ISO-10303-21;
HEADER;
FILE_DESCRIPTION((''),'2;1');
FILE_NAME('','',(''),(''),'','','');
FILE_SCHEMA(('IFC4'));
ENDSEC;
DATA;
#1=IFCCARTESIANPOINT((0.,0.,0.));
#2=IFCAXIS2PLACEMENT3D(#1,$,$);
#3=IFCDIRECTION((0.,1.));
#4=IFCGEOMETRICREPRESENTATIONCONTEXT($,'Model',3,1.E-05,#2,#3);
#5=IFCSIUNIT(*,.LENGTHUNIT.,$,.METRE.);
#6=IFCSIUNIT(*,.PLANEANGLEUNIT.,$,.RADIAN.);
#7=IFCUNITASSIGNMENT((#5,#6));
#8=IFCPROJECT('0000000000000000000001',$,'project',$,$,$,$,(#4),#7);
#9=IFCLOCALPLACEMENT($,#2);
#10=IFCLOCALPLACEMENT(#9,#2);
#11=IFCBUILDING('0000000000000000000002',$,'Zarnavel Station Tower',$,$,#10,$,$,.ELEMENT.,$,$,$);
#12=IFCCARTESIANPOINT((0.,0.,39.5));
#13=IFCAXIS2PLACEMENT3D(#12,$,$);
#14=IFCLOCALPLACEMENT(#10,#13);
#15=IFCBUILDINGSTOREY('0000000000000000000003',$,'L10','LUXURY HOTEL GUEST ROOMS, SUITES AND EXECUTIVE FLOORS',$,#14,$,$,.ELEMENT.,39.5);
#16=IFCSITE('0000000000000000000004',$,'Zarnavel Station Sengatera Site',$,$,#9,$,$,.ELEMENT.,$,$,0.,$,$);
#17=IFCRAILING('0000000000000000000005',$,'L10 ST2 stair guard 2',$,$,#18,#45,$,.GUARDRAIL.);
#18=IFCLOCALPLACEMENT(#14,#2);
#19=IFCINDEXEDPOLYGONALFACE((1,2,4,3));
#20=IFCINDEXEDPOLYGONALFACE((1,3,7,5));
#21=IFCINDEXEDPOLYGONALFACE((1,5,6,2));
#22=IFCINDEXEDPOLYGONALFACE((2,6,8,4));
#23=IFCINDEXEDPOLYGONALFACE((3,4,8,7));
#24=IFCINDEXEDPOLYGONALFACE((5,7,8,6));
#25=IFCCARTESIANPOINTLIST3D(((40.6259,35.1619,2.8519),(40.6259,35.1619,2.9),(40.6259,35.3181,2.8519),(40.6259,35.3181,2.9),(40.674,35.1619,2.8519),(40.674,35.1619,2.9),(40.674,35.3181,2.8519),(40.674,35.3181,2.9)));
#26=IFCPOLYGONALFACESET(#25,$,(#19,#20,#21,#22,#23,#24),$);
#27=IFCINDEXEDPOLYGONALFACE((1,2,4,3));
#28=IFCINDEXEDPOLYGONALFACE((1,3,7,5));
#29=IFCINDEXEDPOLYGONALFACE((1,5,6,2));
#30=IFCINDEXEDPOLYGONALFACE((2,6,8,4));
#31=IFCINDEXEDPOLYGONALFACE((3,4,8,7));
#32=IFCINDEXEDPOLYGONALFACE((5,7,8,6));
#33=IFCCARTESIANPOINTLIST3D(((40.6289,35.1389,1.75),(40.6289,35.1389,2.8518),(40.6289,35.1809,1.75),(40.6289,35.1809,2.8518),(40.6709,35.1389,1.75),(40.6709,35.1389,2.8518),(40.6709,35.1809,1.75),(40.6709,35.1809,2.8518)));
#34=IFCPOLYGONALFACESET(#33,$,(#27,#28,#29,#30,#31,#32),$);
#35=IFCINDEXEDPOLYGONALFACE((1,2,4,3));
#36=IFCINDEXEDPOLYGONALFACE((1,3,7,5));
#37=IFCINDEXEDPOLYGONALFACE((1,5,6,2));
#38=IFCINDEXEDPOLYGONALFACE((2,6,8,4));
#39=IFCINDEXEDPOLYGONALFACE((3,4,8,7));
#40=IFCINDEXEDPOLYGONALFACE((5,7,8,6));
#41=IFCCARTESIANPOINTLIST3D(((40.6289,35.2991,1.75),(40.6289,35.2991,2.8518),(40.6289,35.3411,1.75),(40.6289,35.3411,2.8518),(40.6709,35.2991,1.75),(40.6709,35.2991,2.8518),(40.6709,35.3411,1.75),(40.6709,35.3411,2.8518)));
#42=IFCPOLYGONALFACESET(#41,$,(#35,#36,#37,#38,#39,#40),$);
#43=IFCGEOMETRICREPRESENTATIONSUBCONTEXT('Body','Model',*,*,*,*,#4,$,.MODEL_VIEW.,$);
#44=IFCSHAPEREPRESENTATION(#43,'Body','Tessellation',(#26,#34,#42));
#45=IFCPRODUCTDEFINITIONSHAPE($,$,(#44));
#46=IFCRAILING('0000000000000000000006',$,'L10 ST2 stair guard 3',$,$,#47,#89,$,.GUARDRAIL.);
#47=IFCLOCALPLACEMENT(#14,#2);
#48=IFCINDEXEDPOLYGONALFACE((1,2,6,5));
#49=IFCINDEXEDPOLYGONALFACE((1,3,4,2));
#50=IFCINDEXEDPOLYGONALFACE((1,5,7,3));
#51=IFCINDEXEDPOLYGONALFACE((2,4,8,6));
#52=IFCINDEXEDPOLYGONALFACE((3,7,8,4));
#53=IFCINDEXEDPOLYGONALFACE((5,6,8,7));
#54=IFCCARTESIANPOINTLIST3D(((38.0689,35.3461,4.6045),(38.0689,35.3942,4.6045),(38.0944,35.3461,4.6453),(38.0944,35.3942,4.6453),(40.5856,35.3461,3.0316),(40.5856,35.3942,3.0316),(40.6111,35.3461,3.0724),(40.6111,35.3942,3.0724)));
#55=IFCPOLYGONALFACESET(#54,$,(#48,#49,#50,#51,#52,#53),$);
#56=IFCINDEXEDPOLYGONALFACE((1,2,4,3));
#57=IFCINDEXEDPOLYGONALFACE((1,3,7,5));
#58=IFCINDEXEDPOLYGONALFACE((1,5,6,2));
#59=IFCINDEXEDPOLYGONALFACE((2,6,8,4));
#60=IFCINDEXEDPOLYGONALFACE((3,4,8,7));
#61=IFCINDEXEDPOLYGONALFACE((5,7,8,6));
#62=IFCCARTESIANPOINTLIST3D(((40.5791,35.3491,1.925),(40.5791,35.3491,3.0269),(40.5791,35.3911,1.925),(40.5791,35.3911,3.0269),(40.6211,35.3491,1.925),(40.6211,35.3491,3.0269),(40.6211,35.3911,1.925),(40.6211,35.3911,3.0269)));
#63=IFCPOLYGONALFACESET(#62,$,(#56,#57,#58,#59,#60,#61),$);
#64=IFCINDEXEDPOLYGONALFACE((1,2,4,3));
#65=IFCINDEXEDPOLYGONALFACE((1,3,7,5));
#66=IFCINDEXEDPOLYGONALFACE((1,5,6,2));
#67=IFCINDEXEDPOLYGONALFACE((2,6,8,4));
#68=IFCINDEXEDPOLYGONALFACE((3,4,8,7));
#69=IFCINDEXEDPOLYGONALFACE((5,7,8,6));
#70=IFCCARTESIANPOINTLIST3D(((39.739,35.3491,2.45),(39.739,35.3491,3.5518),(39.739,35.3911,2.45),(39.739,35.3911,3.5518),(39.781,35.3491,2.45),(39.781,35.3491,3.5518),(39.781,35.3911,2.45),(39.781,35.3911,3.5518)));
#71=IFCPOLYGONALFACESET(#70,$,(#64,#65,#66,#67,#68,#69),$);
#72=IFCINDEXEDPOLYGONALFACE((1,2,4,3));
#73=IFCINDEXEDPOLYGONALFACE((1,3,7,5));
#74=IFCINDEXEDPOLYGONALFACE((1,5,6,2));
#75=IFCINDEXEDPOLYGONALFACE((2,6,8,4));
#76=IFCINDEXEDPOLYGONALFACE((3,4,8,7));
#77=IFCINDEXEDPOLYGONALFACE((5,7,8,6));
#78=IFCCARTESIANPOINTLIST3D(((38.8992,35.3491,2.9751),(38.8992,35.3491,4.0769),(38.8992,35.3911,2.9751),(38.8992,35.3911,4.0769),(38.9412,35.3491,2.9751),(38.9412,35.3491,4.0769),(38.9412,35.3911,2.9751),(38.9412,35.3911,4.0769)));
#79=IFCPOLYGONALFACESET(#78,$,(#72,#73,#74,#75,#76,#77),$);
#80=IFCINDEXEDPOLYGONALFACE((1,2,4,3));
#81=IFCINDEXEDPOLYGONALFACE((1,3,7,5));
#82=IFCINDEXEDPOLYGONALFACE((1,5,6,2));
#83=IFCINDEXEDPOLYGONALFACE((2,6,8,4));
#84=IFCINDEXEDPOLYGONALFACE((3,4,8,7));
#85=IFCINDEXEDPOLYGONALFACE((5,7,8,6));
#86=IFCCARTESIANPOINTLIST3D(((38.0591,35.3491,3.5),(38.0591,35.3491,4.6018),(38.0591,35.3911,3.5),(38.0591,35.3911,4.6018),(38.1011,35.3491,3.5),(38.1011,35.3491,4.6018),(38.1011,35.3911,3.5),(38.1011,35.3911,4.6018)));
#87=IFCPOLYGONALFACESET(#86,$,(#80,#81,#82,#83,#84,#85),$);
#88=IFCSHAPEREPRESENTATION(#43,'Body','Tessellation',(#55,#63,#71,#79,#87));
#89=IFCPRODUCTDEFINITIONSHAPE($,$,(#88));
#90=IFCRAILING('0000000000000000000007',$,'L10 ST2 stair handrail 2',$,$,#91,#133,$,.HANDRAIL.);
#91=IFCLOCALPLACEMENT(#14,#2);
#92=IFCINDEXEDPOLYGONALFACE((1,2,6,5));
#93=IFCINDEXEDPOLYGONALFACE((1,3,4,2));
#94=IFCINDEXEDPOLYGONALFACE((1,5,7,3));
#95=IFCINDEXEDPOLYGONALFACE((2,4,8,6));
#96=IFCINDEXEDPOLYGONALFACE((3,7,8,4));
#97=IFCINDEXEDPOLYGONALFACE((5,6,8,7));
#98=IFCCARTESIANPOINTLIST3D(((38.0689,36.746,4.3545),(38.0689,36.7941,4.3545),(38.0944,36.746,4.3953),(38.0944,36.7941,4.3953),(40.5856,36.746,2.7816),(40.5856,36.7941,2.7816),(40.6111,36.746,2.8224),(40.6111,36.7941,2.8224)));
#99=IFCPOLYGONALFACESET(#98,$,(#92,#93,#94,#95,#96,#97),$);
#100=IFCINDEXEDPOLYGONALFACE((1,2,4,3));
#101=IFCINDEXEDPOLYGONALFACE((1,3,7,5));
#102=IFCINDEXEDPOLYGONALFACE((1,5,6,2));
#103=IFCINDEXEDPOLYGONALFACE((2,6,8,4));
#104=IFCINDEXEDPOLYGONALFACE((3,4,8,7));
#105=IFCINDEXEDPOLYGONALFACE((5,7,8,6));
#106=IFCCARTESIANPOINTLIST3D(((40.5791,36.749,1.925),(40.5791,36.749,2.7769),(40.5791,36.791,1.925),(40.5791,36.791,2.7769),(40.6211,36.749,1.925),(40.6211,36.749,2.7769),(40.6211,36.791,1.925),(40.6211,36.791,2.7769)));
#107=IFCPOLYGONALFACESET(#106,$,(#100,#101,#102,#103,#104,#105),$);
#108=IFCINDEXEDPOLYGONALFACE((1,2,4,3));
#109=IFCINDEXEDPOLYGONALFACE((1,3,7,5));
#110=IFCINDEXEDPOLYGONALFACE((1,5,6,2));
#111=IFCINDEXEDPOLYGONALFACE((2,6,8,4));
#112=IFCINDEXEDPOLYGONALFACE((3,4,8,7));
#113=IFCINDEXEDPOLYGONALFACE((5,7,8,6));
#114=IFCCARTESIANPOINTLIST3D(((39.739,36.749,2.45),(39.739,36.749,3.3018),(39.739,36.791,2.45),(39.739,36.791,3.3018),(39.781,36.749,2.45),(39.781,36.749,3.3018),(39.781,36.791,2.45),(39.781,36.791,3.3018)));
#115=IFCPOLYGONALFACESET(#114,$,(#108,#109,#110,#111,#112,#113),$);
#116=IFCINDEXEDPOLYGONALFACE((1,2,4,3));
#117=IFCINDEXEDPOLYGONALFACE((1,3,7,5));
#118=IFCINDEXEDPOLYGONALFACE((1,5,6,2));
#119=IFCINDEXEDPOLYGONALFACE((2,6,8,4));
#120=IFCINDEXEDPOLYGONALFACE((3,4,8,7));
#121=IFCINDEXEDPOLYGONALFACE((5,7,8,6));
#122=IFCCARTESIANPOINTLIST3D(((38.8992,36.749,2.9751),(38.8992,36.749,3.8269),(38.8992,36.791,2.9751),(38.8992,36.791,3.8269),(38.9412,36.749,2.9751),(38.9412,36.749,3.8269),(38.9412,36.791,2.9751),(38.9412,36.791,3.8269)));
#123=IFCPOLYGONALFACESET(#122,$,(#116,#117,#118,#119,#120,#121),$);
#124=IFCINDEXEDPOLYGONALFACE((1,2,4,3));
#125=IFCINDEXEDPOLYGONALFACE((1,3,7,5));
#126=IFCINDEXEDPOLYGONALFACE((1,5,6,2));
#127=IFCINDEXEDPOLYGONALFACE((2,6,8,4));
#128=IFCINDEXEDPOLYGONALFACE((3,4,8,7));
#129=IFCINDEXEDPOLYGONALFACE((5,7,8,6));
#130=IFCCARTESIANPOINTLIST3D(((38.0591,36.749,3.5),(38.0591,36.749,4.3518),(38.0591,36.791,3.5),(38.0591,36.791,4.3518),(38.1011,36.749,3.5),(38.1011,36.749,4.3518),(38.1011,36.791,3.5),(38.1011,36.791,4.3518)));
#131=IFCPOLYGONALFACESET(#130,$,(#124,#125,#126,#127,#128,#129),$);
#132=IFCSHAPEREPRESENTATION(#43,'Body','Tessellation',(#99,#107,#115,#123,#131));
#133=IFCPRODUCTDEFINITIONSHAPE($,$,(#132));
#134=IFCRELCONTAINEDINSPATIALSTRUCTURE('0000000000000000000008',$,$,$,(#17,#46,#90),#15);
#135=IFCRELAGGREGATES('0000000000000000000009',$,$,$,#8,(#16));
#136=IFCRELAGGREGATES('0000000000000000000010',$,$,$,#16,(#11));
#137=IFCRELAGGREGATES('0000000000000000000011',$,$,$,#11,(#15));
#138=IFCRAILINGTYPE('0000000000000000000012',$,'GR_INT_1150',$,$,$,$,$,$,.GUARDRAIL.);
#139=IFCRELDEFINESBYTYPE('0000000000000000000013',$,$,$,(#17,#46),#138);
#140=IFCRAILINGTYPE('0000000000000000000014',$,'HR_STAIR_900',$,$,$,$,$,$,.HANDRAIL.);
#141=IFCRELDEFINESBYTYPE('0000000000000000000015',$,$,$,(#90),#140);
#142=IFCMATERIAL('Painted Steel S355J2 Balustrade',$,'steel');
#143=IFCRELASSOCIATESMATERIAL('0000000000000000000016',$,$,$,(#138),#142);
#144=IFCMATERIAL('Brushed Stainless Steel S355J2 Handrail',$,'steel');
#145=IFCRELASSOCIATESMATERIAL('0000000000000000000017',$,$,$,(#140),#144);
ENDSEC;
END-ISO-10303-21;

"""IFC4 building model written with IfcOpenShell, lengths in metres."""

from ifc_helpers import new_model, si_unit, direction, frame, origin, origin_2d, place, context, subcontext, project, spatial, rectangle, extrude, material, type_object, element, save


model = new_model("IFC4")

# Units and contexts
model_context = context("Model", 3, precision=1e-05, world=origin(), true_north=direction((0.0, 1.0)))
body_context = subcontext(model_context, "Body", "Model", "MODEL_VIEW")
ifc_project = project(units=[si_unit("LENGTHUNIT", "METRE"), si_unit("PLANEANGLEUNIT", "RADIAN")], contexts=[model_context])

# Site, building, storey
site_placement = place(None, origin())
site = spatial("IfcSite", under=ifc_project, at=site_placement, Name="Zarnavel Station Sengatera Site", CompositionType="ELEMENT", RefElevation=0.0)
building_placement = place(site_placement, origin())
building = spatial("IfcBuilding", under=site, at=building_placement, Name="Zarnavel Station Tower", CompositionType="ELEMENT")
storey_placement = place(building_placement, frame((0.0, 0.0, 39.5)))
storey = spatial("IfcBuildingStorey", under=building, at=storey_placement, Name="L10", Description="LUXURY HOTEL GUEST ROOMS, SUITES AND EXECUTIVE FLOORS", CompositionType="ELEMENT", Elevation=39.5)

# Railings
ifc_material_1 = material(Name="Painted Steel S355J2 Balustrade", Category="steel")
railing_type_1 = type_object("IfcRailingType", Name="GR_INT_1150", PredefinedType="GUARDRAIL", material=ifc_material_1)
railing_1_placement = place(storey_placement, frame((40.6499, 35.1599, 1.75)))
element("IfcRailing", 1, at=railing_1_placement, inside=storey, type_object=railing_type_1, Name="L10 ST2 stair guard 2", PredefinedType="GUARDRAIL", context=body_context, shape_type="SweptSolid", body=[
    extrude(rectangle(XDim=0.0481, YDim=0.0481, at=origin_2d()), frame((0.0, 0.002, 1.126), z_axis=(0.0, 1.0, 0.0), x_axis=(-1.0, 0.0, 0.0)), (0.0, 0.0, 1.0), 0.1562),
    extrude(rectangle(XDim=0.042, YDim=0.042, at=origin_2d()), origin(), (0.0, 0.0, 1.0), 1.1018),
    extrude(rectangle(XDim=0.042, YDim=0.042, at=origin_2d()), frame((0.0, 0.1602, 0.0)), (0.0, 0.0, 1.0), 1.1018),
])
railing_2_placement = place(storey_placement, frame((40.6001, 35.3701, 1.925)))
element("IfcRailing", 2, at=railing_2_placement, inside=storey, type_object=railing_type_1, Name="L10 ST2 stair guard 3", PredefinedType="GUARDRAIL", context=body_context, shape_type="SweptSolid", body=[
    extrude(rectangle(XDim=0.0481, YDim=0.0481, at=origin_2d()), frame((-0.0017, 0.0, 1.127), z_axis=(-0.848008, 0.0, 0.529984), x_axis=(0.0, -1.0, 0.0)), (0.0, 0.0, 1.0), 2.9678),
    extrude(rectangle(XDim=0.042, YDim=0.042, at=origin_2d()), origin(), (0.0, 0.0, 1.0), 1.1018),
    extrude(rectangle(XDim=0.042, YDim=0.042, at=origin_2d()), frame((-0.8401, 0.0, 0.5249)), (0.0, 0.0, 1.0), 1.1018),
    extrude(rectangle(XDim=0.042, YDim=0.042, at=origin_2d()), frame((-1.6799, 0.0, 1.05)), (0.0, 0.0, 1.0), 1.1018),
    extrude(rectangle(XDim=0.042, YDim=0.042, at=origin_2d()), frame((-2.52, 0.0, 1.575)), (0.0, 0.0, 1.0), 1.1018),
])
ifc_material_2 = material(Name="Brushed Stainless Steel S355J2 Handrail", Category="steel")
railing_type_2 = type_object("IfcRailingType", Name="HR_STAIR_900", PredefinedType="HANDRAIL", material=ifc_material_2)
railing_3_placement = place(storey_placement, frame((40.6001, 36.77, 1.925)))
element("IfcRailing", 3, at=railing_3_placement, inside=storey, type_object=railing_type_2, Name="L10 ST2 stair handrail 2", PredefinedType="HANDRAIL", context=body_context, shape_type="SweptSolid", body=[
    extrude(rectangle(XDim=0.0481, YDim=0.0481, at=origin_2d()), frame((-0.0017, 0.0, 0.877), z_axis=(-0.848008, 0.0, 0.529984), x_axis=(0.0, -1.0, 0.0)), (0.0, 0.0, 1.0), 2.9678),
    extrude(rectangle(XDim=0.042, YDim=0.042, at=origin_2d()), origin(), (0.0, 0.0, 1.0), 0.8518),
    extrude(rectangle(XDim=0.042, YDim=0.042, at=origin_2d()), frame((-0.8401, 0.0, 0.5249)), (0.0, 0.0, 1.0), 0.8518),
    extrude(rectangle(XDim=0.042, YDim=0.042, at=origin_2d()), frame((-1.6799, 0.0, 1.05)), (0.0, 0.0, 1.0), 0.8518),
    extrude(rectangle(XDim=0.042, YDim=0.042, at=origin_2d()), frame((-2.52, 0.0, 1.575)), (0.0, 0.0, 1.0), 0.8518),
])

save(model, "model.ifc")
